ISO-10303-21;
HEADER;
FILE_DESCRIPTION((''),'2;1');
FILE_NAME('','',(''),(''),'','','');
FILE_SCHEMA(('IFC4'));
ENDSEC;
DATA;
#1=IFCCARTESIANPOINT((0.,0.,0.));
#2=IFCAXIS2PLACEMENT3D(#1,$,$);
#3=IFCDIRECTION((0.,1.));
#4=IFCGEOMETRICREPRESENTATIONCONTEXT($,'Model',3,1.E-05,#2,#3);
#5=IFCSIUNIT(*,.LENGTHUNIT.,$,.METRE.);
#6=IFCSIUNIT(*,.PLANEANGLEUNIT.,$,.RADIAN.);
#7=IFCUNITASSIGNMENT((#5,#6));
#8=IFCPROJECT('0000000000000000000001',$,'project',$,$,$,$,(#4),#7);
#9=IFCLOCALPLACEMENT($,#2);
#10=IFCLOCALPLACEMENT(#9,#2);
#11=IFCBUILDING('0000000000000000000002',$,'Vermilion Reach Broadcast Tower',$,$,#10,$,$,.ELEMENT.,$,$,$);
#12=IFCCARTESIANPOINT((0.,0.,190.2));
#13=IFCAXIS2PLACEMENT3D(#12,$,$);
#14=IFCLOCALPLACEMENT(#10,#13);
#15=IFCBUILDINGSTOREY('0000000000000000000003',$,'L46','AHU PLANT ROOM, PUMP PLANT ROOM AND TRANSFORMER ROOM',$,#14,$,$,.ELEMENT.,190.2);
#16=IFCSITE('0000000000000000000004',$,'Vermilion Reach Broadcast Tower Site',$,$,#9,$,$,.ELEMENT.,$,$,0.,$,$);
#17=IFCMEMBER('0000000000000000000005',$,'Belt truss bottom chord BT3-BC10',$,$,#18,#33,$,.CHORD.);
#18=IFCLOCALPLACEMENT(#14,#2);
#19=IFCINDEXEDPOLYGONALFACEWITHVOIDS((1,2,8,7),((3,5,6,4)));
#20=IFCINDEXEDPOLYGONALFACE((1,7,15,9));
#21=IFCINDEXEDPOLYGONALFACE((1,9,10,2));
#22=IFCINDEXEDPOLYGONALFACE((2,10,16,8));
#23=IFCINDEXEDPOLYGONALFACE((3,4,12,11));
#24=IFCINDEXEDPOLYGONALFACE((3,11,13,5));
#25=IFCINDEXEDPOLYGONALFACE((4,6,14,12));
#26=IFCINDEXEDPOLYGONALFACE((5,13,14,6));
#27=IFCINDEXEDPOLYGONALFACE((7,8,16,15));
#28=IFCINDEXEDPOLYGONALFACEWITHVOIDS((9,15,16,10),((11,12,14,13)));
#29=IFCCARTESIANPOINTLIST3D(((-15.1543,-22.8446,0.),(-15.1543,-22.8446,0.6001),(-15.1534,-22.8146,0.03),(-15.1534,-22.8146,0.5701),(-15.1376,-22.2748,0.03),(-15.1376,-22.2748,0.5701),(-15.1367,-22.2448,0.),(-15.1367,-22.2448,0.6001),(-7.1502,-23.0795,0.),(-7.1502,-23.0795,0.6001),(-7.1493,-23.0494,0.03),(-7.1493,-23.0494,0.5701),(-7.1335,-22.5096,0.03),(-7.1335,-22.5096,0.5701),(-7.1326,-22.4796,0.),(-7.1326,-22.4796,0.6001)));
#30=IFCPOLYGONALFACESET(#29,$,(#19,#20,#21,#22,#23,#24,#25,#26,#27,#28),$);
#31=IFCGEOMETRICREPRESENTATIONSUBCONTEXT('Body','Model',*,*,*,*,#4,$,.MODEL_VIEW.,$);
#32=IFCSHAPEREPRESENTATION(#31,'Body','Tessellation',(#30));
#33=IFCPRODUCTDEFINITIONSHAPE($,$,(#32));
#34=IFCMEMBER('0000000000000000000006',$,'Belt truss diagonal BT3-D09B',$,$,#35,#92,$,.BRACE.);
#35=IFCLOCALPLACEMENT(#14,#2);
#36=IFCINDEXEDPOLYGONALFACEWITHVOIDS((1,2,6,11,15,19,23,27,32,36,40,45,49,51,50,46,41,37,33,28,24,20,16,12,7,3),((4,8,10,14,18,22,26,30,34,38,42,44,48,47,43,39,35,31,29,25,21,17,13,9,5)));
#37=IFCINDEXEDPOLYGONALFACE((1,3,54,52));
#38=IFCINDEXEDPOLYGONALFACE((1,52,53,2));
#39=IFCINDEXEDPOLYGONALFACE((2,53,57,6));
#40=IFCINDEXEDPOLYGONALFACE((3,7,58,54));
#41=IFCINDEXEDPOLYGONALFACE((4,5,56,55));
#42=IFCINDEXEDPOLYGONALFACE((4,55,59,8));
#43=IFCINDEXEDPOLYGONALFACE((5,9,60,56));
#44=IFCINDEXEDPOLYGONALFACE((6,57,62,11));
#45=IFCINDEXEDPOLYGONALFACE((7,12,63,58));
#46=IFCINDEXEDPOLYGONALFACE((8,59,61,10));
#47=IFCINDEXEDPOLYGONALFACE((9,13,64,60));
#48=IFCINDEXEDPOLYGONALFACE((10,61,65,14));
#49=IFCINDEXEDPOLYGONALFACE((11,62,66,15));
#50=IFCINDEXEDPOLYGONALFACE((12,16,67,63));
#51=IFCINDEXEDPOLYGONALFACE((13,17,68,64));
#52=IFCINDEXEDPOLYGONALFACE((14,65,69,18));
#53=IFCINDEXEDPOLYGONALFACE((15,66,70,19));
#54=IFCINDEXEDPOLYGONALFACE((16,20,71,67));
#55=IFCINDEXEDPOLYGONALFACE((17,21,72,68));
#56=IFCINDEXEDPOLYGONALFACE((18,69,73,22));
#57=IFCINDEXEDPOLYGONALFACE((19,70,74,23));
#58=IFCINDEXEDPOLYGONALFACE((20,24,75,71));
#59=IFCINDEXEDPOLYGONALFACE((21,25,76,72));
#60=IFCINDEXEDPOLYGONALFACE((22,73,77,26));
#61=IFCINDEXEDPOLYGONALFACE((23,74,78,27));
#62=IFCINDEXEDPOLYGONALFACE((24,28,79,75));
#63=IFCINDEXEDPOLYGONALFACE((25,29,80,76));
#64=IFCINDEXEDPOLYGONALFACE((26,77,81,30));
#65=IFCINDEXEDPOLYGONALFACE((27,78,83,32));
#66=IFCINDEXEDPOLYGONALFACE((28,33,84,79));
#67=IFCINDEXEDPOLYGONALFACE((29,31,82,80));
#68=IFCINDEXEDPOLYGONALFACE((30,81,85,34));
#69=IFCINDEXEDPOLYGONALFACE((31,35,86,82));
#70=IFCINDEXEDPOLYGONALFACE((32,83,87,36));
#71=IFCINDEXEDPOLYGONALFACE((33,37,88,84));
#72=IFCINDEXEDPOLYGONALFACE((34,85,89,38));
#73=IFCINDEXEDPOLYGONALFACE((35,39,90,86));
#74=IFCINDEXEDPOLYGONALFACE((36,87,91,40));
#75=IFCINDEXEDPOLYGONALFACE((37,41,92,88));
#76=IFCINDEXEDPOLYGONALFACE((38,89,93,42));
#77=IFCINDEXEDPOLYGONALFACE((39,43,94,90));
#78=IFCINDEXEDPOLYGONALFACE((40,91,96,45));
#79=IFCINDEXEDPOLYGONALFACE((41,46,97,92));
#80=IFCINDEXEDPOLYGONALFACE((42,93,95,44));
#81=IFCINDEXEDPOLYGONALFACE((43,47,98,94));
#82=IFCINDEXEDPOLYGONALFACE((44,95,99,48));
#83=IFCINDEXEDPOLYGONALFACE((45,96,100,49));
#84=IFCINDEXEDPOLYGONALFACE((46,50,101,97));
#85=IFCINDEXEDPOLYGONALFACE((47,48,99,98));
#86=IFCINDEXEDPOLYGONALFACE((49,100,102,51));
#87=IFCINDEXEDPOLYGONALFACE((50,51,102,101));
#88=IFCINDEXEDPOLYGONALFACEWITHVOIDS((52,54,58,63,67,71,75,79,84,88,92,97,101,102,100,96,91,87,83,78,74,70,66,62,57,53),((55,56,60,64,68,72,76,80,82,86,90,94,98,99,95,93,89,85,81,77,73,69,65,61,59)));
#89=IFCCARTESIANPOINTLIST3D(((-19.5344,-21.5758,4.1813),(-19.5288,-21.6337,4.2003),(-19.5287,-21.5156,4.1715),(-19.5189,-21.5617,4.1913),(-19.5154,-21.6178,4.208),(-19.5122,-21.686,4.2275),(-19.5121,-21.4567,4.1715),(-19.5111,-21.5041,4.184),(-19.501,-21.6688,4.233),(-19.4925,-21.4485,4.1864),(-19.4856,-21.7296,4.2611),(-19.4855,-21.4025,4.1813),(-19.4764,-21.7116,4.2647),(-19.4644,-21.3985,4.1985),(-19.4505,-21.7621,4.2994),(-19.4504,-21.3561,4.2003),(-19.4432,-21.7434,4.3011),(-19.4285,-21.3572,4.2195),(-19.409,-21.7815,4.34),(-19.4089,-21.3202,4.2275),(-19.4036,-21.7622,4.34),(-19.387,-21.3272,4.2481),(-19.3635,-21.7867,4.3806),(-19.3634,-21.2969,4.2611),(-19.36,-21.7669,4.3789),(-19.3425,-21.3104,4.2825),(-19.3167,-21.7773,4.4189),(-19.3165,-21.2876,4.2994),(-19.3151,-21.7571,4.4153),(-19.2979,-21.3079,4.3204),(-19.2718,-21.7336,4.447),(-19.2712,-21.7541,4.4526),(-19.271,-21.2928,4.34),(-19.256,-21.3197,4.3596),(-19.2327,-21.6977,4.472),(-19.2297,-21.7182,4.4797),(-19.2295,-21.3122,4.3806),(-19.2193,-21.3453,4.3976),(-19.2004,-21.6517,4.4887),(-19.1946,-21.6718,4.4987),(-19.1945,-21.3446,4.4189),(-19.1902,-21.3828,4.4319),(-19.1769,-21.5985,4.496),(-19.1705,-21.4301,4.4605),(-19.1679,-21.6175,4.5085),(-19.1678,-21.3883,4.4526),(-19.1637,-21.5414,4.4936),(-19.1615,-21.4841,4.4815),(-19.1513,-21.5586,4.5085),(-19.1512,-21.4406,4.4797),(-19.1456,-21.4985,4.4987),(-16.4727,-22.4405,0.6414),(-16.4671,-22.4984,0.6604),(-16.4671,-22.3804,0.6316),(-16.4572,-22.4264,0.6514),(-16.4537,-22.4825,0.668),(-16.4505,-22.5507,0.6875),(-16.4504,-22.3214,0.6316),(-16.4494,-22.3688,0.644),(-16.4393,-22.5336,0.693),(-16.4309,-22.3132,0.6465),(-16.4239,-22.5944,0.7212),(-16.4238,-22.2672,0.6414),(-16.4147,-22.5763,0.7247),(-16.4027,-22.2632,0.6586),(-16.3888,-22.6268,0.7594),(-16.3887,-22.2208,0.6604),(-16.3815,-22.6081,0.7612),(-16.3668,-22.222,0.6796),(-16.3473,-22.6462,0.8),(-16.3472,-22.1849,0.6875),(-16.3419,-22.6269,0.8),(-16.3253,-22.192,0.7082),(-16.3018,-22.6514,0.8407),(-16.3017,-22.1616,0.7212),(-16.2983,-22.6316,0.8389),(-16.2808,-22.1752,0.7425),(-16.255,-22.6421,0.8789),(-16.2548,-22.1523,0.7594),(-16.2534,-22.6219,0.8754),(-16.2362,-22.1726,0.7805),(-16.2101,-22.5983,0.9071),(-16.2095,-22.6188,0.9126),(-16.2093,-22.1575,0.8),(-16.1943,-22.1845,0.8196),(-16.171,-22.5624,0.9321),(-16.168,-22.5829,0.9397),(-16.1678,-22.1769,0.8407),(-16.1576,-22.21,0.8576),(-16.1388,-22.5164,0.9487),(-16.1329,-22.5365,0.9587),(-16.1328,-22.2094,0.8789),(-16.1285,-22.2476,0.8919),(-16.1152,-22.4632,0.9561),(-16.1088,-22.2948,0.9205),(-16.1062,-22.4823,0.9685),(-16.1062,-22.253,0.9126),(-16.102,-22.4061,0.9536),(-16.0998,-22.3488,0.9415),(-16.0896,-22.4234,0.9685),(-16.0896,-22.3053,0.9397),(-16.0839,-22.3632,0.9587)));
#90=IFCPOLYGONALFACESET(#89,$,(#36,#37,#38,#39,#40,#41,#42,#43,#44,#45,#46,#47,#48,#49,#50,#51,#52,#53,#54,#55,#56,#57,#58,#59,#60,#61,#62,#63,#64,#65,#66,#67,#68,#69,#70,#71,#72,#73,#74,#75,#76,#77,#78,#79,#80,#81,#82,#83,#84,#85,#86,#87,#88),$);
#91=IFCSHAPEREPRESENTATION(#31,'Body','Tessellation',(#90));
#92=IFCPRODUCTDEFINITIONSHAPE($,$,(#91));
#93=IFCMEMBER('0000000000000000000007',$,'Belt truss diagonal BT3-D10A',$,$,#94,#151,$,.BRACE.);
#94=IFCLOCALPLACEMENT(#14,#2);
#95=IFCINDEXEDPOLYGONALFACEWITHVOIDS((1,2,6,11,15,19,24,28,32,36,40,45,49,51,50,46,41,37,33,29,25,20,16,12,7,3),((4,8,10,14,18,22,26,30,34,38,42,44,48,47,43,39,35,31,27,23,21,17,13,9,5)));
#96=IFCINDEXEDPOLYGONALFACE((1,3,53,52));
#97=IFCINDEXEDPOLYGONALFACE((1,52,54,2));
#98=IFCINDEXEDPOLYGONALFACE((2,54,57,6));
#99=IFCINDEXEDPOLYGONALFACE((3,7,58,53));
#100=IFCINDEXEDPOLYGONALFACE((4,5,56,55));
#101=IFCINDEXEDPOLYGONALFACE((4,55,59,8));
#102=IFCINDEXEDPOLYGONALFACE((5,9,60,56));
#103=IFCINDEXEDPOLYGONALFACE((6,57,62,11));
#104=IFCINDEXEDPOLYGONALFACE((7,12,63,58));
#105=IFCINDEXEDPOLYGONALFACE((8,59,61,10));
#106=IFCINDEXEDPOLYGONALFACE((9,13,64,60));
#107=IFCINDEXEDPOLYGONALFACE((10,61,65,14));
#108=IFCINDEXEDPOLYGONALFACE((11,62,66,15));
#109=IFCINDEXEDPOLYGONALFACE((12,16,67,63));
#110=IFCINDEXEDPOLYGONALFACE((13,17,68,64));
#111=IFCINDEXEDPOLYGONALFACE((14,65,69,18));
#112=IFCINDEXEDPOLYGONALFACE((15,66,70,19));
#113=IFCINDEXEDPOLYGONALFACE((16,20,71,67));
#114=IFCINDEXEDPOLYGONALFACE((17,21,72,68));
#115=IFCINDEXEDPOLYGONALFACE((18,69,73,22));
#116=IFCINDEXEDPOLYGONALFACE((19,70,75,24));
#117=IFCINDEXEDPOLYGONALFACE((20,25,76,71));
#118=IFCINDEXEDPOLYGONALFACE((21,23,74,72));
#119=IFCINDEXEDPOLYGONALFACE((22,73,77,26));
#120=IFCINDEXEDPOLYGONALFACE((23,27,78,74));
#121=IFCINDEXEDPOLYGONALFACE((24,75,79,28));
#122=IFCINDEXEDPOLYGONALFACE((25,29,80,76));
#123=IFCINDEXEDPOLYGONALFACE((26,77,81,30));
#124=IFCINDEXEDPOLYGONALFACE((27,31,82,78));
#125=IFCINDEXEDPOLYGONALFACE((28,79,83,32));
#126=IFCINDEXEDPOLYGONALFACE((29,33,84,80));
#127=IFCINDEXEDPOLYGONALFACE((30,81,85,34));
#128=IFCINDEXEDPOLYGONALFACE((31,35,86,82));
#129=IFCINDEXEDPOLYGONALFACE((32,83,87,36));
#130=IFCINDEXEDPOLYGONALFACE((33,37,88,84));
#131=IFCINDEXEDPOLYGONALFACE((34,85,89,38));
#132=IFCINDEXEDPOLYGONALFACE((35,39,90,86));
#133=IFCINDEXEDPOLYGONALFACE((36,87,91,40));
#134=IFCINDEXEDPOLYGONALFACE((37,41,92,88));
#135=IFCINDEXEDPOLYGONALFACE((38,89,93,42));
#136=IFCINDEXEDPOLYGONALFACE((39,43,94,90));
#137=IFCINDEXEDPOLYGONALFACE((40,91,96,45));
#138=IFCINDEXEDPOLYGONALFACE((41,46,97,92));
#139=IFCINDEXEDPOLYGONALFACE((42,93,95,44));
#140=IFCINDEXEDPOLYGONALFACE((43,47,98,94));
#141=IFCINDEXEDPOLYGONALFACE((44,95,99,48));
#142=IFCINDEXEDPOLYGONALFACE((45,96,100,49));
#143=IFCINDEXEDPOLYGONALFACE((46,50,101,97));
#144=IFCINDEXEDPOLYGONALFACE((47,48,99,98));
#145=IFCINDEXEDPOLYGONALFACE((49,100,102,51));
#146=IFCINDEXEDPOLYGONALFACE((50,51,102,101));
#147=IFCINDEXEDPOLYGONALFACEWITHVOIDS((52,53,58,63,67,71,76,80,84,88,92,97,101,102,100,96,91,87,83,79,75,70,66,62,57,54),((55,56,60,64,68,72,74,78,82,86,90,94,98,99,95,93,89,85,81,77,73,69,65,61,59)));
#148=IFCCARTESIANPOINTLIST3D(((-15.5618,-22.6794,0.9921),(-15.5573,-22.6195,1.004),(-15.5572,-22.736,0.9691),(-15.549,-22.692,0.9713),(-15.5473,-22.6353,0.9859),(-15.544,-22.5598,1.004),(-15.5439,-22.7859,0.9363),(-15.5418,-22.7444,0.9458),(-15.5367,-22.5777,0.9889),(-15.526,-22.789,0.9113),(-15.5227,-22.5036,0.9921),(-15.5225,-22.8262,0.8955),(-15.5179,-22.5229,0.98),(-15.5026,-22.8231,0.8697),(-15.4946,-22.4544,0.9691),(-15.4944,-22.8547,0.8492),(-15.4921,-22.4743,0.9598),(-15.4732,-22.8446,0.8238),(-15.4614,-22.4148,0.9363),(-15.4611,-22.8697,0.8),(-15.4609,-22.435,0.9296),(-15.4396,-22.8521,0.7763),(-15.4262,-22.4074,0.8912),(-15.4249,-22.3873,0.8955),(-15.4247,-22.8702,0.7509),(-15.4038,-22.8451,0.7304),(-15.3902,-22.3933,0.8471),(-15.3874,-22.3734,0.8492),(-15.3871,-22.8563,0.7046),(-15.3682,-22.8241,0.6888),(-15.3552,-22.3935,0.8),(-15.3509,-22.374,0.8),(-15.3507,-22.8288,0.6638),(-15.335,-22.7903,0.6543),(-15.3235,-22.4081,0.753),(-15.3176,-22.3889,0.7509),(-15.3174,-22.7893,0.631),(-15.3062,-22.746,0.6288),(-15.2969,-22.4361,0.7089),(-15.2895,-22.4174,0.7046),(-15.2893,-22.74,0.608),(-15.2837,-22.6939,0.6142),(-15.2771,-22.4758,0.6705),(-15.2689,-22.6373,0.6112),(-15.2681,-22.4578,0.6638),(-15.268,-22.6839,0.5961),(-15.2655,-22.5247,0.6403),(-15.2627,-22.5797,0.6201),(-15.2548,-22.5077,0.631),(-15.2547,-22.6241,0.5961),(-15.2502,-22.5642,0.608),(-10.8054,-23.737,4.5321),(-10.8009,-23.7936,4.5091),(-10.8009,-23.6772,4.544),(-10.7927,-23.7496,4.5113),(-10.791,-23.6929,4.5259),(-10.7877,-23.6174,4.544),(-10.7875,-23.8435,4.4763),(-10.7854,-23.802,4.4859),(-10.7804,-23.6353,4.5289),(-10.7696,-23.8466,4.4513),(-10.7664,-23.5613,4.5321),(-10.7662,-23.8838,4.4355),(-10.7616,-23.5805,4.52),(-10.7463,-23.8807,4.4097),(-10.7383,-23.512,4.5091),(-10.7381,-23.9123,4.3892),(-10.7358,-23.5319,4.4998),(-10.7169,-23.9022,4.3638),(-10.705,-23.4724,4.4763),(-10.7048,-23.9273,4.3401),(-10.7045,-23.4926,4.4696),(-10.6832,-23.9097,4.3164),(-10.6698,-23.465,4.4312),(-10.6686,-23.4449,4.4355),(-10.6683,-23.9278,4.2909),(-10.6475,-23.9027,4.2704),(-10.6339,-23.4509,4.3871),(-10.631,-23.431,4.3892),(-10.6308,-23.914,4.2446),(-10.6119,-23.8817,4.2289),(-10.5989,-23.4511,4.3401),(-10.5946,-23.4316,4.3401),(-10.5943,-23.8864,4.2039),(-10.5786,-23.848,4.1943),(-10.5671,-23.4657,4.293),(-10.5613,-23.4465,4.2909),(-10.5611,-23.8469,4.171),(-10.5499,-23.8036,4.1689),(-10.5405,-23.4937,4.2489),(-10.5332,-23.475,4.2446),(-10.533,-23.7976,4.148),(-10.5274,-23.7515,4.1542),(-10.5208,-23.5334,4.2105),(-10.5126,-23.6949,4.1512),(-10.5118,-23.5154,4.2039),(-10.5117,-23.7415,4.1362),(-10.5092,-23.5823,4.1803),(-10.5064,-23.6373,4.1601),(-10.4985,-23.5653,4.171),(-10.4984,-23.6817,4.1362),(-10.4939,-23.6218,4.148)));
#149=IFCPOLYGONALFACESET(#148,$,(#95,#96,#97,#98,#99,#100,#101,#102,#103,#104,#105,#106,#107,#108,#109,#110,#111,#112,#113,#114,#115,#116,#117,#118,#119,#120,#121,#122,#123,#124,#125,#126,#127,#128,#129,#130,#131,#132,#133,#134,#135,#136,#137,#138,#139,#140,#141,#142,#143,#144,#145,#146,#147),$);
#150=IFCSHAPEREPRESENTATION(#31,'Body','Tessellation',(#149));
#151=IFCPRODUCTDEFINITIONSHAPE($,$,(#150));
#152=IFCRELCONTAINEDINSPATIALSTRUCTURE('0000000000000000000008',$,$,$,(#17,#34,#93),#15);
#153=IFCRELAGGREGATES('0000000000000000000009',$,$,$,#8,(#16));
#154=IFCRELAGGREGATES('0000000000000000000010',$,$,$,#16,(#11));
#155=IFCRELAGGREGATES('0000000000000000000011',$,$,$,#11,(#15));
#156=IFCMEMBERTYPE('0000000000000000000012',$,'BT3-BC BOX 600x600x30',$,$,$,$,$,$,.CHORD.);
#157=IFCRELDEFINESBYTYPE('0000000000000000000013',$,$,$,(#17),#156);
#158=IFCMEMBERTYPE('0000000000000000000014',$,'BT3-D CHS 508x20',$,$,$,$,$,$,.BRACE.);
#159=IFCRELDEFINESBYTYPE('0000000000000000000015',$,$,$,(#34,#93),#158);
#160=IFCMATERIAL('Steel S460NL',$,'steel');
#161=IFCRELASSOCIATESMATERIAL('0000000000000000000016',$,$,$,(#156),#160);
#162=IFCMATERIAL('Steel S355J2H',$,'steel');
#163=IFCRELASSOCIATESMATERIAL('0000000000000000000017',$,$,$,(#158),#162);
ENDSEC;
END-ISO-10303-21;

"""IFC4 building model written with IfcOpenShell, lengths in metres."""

from ifc_helpers import new_model, si_unit, direction, frame, origin, origin_2d, place, context, subcontext, project, spatial, hollow_rectangle, hollow_circle, extrude, material, material_profile, profile_set, type_object, element, save


model = new_model("IFC4")

# Units and contexts
model_context = context("Model", 3, precision=1e-05, world=origin(), true_north=direction((0.0, 1.0)))
body_context = subcontext(model_context, "Body", "Model", "MODEL_VIEW")
ifc_project = project(units=[si_unit("LENGTHUNIT", "METRE"), si_unit("PLANEANGLEUNIT", "RADIAN")], contexts=[model_context])

# Site, building, storey
site_placement = place(None, origin())
site = spatial("IfcSite", under=ifc_project, at=site_placement, Name="Vermilion Reach Broadcast Tower Site", CompositionType="ELEMENT", RefElevation=0.0)
building_placement = place(site_placement, origin())
building = spatial("IfcBuilding", under=site, at=building_placement, Name="Vermilion Reach Broadcast Tower", CompositionType="ELEMENT")
storey_placement = place(building_placement, frame((0.0, 0.0, 190.2)))
storey = spatial("IfcBuildingStorey", under=building, at=storey_placement, Name="L46", Description="AHU PLANT ROOM, PUMP PLANT ROOM AND TRANSFORMER ROOM", CompositionType="ELEMENT", Elevation=190.2)

# Members
ifc_material_1 = material(Name="Steel S460NL", Category="steel")
ifc_material_profile_1 = material_profile(ifc_material_1, hollow_rectangle(XDim=0.6001, YDim=0.6001, WallThickness=0.03, at=origin_2d()), Name="S460NL BOX 600x600x30")
ifc_profile_set_1 = profile_set([ifc_material_profile_1], Name="Steel S460NL")
member_type_1 = type_object("IfcMemberType", Name="BT3-BC BOX 600x600x30", PredefinedType="CHORD", material=ifc_profile_set_1)
member_1_placement = place(storey_placement, frame((-15.1455, -22.5447, 0.3), z_axis=(0.99957, -0.02933, 0.0), x_axis=(0.02933, 0.99957, 0.0)))
element("IfcMember", 1, at=member_1_placement, inside=storey, type_object=member_type_1, Name="Belt truss bottom chord BT3-BC10", PredefinedType="CHORD", context=body_context, shape_type="SweptSolid", body=[
    extrude(hollow_rectangle(XDim=0.6001, YDim=0.6001, WallThickness=0.03, at=origin_2d()), origin(), (0.0, 0.0, 1.0), 8.0076),
])
ifc_material_2 = material(Name="Steel S355J2H", Category="steel")
ifc_material_profile_2 = material_profile(ifc_material_2, hollow_circle(Radius=0.2539, WallThickness=0.02, at=origin_2d()), Name="S355J2H CHS 508x20")
ifc_profile_set_2 = profile_set([ifc_material_profile_2], Name="Steel S355J2H")
member_type_2 = type_object("IfcMemberType", Name="BT3-D CHS 508x20", PredefinedType="BRACE", material=ifc_profile_set_2)
member_2_placement = place(storey_placement, frame((-16.2783, -22.4019, 0.8), z_axis=(-0.643278, 0.181683, 0.743763), x_axis=(-0.271801, -0.962353, 0.0)))
element("IfcMember", 2, at=member_2_placement, inside=storey, type_object=member_type_2, Name="Belt truss diagonal BT3-D09B", PredefinedType="BRACE", context=body_context, shape_type="SweptSolid", body=[
    extrude(hollow_circle(Radius=0.2539, WallThickness=0.02, at=origin_2d()), origin(), (0.0, 0.0, 1.0), 4.7595),
])
member_3_placement = place(storey_placement, frame((-15.406, -22.6218, 0.8), z_axis=(0.789733, -0.175604, 0.58778), x_axis=(0.217058, 0.976159, 0.0)))
element("IfcMember", 3, at=member_3_placement, inside=storey, type_object=member_type_2, Name="Belt truss diagonal BT3-D10A", PredefinedType="BRACE", context=body_context, shape_type="SweptSolid", body=[
    extrude(hollow_circle(Radius=0.2539, WallThickness=0.02, at=origin_2d()), origin(), (0.0, 0.0, 1.0), 6.0227),
])

save(model, "model.ifc")
